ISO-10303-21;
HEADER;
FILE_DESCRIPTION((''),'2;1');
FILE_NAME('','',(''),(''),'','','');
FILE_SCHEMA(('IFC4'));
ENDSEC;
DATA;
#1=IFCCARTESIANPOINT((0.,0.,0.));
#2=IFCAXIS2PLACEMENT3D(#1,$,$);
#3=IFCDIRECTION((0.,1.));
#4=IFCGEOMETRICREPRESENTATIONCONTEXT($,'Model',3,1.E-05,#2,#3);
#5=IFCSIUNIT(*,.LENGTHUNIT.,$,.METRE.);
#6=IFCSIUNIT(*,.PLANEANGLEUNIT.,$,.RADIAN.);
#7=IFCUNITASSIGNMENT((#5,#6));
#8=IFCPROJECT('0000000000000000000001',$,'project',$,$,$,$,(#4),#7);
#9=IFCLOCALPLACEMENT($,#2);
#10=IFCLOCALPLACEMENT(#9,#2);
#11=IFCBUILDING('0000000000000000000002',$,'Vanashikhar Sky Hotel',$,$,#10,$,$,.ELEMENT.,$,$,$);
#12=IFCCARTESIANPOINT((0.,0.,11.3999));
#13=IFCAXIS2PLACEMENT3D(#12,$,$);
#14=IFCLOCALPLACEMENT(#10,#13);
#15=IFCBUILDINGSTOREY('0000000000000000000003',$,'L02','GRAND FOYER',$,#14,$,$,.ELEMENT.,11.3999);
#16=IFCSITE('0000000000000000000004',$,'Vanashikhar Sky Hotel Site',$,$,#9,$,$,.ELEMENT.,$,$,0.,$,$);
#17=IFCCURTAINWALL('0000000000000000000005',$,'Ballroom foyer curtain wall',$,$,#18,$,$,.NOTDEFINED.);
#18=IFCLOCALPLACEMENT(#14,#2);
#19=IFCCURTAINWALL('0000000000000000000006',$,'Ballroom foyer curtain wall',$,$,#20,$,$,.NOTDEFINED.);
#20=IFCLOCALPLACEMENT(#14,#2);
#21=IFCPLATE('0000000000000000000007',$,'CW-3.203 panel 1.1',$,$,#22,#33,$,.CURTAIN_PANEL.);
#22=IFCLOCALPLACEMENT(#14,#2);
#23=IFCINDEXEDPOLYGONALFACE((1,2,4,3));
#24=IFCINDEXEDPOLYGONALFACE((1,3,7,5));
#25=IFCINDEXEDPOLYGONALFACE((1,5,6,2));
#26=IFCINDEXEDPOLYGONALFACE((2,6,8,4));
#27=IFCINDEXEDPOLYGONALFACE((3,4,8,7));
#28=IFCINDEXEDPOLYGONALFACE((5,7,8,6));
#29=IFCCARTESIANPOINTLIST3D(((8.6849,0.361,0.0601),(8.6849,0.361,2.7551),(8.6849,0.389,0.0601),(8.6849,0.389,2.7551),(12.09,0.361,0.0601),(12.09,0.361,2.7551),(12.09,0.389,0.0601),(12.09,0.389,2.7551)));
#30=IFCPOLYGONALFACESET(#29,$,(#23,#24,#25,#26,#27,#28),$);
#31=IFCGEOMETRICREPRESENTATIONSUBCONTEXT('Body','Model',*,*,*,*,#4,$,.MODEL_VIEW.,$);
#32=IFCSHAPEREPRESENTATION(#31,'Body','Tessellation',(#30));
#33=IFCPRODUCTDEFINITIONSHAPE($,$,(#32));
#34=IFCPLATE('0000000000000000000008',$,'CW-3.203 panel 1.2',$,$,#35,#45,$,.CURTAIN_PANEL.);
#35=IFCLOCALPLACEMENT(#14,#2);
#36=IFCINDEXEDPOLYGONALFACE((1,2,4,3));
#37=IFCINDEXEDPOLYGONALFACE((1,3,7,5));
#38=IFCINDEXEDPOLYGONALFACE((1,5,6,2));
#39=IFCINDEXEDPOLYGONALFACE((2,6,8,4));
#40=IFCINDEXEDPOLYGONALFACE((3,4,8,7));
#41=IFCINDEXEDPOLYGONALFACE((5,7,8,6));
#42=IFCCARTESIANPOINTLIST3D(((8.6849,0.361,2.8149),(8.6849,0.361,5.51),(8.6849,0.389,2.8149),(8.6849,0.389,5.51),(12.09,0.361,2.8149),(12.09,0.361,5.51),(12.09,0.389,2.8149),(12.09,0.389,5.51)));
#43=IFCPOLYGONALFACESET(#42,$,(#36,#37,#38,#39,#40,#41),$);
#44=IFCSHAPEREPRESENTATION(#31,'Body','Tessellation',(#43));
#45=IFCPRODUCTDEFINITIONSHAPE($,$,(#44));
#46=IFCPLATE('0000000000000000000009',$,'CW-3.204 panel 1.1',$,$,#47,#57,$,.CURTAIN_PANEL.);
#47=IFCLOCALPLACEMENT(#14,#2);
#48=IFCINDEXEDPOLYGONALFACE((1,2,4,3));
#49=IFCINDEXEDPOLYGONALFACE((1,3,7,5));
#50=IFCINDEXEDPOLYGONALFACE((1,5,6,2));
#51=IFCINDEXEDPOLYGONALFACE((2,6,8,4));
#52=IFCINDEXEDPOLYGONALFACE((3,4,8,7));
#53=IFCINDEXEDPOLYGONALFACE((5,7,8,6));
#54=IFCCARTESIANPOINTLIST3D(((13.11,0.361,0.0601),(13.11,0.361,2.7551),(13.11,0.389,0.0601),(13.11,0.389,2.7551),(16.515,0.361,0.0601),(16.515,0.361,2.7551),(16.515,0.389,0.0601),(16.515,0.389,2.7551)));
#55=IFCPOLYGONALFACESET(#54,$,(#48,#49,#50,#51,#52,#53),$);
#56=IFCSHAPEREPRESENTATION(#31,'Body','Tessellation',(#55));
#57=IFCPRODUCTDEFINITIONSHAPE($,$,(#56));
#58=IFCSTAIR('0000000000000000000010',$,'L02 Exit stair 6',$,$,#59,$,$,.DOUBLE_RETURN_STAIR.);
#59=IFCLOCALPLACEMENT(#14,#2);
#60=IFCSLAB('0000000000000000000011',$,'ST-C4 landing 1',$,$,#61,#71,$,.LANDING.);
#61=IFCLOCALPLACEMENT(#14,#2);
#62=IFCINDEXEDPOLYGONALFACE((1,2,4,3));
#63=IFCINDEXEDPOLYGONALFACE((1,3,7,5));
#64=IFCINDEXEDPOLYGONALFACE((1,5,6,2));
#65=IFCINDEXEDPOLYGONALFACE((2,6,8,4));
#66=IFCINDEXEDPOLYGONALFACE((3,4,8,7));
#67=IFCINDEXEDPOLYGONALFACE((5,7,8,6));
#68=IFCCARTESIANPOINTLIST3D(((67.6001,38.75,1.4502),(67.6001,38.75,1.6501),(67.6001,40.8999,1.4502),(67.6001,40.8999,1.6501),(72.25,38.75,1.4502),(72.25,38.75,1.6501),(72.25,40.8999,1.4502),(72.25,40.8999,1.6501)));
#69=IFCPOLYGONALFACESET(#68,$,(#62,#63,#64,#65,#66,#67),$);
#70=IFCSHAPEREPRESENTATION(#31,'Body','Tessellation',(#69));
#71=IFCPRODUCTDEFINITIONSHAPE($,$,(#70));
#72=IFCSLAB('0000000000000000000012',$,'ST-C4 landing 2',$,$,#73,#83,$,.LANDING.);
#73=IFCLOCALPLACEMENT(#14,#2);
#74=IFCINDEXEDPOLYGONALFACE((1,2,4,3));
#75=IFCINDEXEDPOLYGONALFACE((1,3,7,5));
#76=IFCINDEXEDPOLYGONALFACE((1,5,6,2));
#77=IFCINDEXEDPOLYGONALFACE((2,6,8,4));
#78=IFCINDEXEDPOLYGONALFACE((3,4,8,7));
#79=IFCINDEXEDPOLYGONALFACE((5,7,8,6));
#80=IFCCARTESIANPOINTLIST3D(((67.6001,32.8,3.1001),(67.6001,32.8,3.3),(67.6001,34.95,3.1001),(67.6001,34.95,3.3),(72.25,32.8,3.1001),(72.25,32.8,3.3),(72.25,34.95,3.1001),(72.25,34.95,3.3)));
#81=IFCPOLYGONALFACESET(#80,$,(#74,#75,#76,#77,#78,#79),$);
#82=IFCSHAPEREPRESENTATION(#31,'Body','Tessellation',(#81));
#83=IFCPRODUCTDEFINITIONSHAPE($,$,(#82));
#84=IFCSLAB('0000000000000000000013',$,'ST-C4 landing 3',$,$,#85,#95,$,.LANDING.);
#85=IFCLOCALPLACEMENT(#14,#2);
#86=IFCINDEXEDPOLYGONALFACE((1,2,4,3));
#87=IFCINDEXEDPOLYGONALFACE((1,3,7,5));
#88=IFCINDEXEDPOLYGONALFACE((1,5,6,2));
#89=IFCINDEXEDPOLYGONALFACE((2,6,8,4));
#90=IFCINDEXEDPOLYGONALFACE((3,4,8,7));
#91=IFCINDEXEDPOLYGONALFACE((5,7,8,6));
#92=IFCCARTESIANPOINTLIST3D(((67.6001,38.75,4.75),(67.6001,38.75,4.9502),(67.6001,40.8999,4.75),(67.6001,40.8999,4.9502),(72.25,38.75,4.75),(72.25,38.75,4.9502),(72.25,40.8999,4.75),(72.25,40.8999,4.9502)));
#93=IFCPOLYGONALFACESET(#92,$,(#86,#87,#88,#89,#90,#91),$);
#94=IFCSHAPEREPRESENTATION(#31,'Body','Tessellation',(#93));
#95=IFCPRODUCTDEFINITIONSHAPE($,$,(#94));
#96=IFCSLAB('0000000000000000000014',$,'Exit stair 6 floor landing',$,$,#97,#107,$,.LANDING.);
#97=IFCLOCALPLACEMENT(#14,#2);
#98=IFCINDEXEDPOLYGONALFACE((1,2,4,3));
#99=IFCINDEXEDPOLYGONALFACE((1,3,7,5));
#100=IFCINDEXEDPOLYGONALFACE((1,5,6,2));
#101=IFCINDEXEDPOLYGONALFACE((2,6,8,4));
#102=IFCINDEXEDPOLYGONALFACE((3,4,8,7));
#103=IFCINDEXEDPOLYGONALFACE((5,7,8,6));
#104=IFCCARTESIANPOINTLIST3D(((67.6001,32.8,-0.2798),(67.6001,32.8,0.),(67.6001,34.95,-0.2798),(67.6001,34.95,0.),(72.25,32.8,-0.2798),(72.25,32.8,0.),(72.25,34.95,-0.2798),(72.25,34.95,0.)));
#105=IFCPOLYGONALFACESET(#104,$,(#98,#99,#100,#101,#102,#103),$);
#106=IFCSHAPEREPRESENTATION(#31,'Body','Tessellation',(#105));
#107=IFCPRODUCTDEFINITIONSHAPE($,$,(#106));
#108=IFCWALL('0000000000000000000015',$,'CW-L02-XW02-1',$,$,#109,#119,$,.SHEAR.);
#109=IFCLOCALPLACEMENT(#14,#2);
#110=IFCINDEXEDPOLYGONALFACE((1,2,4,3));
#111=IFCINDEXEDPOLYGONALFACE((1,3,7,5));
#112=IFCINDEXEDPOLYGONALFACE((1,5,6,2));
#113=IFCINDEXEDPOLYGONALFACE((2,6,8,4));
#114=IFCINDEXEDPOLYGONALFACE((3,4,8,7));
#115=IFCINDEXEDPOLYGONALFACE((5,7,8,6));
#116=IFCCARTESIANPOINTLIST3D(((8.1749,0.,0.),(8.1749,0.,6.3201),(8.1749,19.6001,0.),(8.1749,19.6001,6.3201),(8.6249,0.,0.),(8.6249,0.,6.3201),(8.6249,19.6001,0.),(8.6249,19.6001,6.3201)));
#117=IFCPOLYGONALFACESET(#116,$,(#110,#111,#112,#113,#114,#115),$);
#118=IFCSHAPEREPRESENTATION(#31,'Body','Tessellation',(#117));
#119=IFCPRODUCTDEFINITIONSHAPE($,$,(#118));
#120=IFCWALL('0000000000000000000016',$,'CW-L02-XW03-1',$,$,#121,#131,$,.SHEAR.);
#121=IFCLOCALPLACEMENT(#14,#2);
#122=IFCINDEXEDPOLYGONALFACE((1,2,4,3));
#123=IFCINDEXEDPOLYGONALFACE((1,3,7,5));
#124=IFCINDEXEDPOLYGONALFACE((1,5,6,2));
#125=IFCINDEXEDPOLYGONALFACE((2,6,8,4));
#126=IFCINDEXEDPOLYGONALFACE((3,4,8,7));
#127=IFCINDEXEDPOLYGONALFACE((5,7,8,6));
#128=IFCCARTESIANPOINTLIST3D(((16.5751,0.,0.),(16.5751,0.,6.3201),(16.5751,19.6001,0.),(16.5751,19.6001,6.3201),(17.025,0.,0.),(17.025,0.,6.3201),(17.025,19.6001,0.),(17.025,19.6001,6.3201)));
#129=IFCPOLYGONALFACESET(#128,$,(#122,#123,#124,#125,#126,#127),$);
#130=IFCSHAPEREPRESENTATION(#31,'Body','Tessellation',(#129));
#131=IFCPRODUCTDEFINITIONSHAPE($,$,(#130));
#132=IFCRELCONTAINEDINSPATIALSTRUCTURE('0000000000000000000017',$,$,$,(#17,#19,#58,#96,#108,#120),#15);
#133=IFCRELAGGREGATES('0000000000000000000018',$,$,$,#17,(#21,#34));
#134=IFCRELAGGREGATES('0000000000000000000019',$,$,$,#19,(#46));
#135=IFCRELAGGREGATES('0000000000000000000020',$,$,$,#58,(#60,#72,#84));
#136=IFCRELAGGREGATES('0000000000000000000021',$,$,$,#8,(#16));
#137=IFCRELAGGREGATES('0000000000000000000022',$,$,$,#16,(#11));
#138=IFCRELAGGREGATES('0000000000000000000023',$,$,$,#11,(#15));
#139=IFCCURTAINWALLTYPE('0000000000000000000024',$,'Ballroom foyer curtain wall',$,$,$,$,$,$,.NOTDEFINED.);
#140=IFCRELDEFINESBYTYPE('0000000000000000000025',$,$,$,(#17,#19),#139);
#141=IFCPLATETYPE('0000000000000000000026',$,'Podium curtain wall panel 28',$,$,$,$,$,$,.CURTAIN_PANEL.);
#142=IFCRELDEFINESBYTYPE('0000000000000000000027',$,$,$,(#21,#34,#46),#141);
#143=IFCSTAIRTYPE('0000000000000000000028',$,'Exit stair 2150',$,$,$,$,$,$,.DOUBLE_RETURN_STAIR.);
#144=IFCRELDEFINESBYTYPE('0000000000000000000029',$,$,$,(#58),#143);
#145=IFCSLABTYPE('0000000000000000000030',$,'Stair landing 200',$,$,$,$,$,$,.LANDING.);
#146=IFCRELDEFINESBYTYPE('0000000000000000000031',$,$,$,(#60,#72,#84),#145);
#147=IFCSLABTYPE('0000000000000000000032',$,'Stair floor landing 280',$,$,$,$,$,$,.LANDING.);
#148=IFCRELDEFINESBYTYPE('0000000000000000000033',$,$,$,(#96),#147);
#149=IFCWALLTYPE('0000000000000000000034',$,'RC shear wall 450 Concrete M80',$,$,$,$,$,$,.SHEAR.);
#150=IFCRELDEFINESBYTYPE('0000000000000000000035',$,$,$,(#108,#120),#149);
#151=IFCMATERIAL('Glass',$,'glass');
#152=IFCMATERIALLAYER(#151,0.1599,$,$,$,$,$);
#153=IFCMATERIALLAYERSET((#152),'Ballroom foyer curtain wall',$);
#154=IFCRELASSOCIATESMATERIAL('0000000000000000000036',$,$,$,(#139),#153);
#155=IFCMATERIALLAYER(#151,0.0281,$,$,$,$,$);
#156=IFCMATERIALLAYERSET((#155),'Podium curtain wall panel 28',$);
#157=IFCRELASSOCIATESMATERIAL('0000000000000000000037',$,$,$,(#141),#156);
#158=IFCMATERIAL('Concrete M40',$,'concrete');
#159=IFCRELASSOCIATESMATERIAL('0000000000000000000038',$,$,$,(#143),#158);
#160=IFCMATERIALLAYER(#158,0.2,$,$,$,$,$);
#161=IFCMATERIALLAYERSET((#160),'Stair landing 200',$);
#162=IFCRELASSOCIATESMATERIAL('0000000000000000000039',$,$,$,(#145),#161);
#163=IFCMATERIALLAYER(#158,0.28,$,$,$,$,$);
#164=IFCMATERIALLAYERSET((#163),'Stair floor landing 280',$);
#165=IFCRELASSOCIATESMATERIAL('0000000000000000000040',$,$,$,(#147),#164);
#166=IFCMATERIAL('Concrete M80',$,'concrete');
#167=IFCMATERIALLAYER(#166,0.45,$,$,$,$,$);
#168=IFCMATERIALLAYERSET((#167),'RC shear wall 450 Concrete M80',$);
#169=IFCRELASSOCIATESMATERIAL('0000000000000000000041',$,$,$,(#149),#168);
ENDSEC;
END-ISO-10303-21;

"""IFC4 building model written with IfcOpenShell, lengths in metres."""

from ifc_helpers import new_model, si_unit, direction, frame, frame_2d, origin, origin_2d, place, context, subcontext, project, spatial, polyline, rectangle, outline, extrude, source, transform, mapped, material, layer, layer_set, type_object, element, aggregate, save


model = new_model("IFC4")

# Units and contexts
model_context = context("Model", 3, precision=1e-05, world=origin(), true_north=direction((0.0, 1.0)))
body_context = subcontext(model_context, "Body", "Model", "MODEL_VIEW")
ifc_project = project(units=[si_unit("LENGTHUNIT", "METRE"), si_unit("PLANEANGLEUNIT", "RADIAN")], contexts=[model_context])

# Site, building, storey
site_placement = place(None, origin())
site = spatial("IfcSite", under=ifc_project, at=site_placement, Name="Vanashikhar Sky Hotel Site", CompositionType="ELEMENT", RefElevation=0.0)
building_placement = place(site_placement, origin())
building = spatial("IfcBuilding", under=site, at=building_placement, Name="Vanashikhar Sky Hotel", CompositionType="ELEMENT")
storey_placement = place(building_placement, frame((0.0, 0.0, 11.3999)))
storey = spatial("IfcBuildingStorey", under=building, at=storey_placement, Name="L02", Description="GRAND FOYER", CompositionType="ELEMENT", Elevation=11.3999)

# Curtain walls
ifc_material_1 = material(Name="Glass", Category="glass")
ifc_layer_1 = layer(ifc_material_1, 0.1599)
ifc_layer_set_1 = layer_set([ifc_layer_1], Name="Ballroom foyer curtain wall")
curtain_wall_type = type_object("IfcCurtainWallType", Name="Ballroom foyer curtain wall", PredefinedType="NOTDEFINED", material=ifc_layer_set_1)
curtain_wall_1_placement = place(storey_placement, origin())
curtain_wall_1 = element("IfcCurtainWall", 1, at=curtain_wall_1_placement, inside=storey, type_object=curtain_wall_type, Name="Ballroom foyer curtain wall", PredefinedType="NOTDEFINED")
curtain_wall_2_placement = place(storey_placement, origin())
curtain_wall_2 = element("IfcCurtainWall", 2, at=curtain_wall_2_placement, inside=storey, type_object=curtain_wall_type, Name="Ballroom foyer curtain wall", PredefinedType="NOTDEFINED")

# Plates
ifc_layer_2 = layer(ifc_material_1, 0.0281)
ifc_layer_set_2 = layer_set([ifc_layer_2], Name="Podium curtain wall panel 28")
plate_type = type_object("IfcPlateType", Name="Podium curtain wall panel 28", PredefinedType="CURTAIN_PANEL", material=ifc_layer_set_2)
shared_shape_1 = source(origin(), body_context, "Body", "SweptSolid", [
    extrude(rectangle(XDim=3.405, YDim=0.0281, at=origin_2d()), origin(), (0.0, 0.0, 1.0), 2.6951),
])
plate_1_placement = place(storey_placement, frame((10.3875, 0.375, 0.0601), z_axis=(0.0, 0.0, 1.0), x_axis=(1.0, 0.0, 0.0)))
plate_1 = element("IfcPlate", 3, at=plate_1_placement, type_object=plate_type, Name="CW-3.203 panel 1.1", PredefinedType="CURTAIN_PANEL", context=body_context, shape_type="MappedRepresentation", body=[
    mapped(shared_shape_1, transform((0.0, 0.0, 0.0), scale=1.0)),
])
plate_2_placement = place(storey_placement, frame((10.3875, 0.375, 2.8149), z_axis=(0.0, 0.0, 1.0), x_axis=(1.0, 0.0, 0.0)))
plate_2 = element("IfcPlate", 4, at=plate_2_placement, type_object=plate_type, Name="CW-3.203 panel 1.2", PredefinedType="CURTAIN_PANEL", context=body_context, shape_type="MappedRepresentation", body=[
    mapped(shared_shape_1, transform((0.0, 0.0, 0.0), scale=1.0)),
])
aggregate(curtain_wall_1, [plate_1, plate_2])
plate_3_placement = place(storey_placement, frame((14.8125, 0.375, 0.0601), z_axis=(0.0, 0.0, 1.0), x_axis=(1.0, 0.0, 0.0)))
plate_3 = element("IfcPlate", 5, at=plate_3_placement, type_object=plate_type, Name="CW-3.204 panel 1.1", PredefinedType="CURTAIN_PANEL", context=body_context, shape_type="MappedRepresentation", body=[
    mapped(shared_shape_1, transform((0.0, 0.0, 0.0), scale=1.0)),
])
aggregate(curtain_wall_2, [plate_3])

# Stair, slabs
ifc_material_2 = material(Name="Concrete M40", Category="concrete")
stair_type = type_object("IfcStairType", Name="Exit stair 2150", PredefinedType="DOUBLE_RETURN_STAIR", material=ifc_material_2)
stair_placement = place(storey_placement, origin())
stair = element("IfcStair", 6, at=stair_placement, inside=storey, type_object=stair_type, Name="L02 Exit stair 6", PredefinedType="DOUBLE_RETURN_STAIR")
ifc_layer_3 = layer(ifc_material_2, 0.2)
ifc_layer_set_3 = layer_set([ifc_layer_3], Name="Stair landing 200")
slab_type_1 = type_object("IfcSlabType", Name="Stair landing 200", PredefinedType="LANDING", material=ifc_layer_set_3)
shared_shape_2 = source(origin(), body_context, "Body", "SweptSolid", [
    extrude(outline(polyline([(72.25, 38.75), (72.25, 40.8999), (67.6001, 40.8999), (67.6001, 38.75), (72.25, 38.75)])), origin(), (0.0, 0.0, 1.0), 0.2),
])
slab_1_placement = place(storey_placement, frame((0.0, 0.0, 1.4502)))
slab_1 = element("IfcSlab", 7, at=slab_1_placement, type_object=slab_type_1, Name="ST-C4 landing 1", PredefinedType="LANDING", context=body_context, shape_type="MappedRepresentation", body=[
    mapped(shared_shape_2, transform((0.0, 0.0, 0.0), scale=1.0)),
])
shared_shape_3 = source(origin(), body_context, "Body", "SweptSolid", [
    extrude(outline(polyline([(72.25, 32.8), (72.25, 34.95), (67.6001, 34.95), (67.6001, 32.8), (72.25, 32.8)])), origin(), (0.0, 0.0, 1.0), 0.2),
])
slab_2_placement = place(storey_placement, frame((0.0, 0.0, 3.1001)))
slab_2 = element("IfcSlab", 8, at=slab_2_placement, type_object=slab_type_1, Name="ST-C4 landing 2", PredefinedType="LANDING", context=body_context, shape_type="MappedRepresentation", body=[
    mapped(shared_shape_3, transform((0.0, 0.0, 0.0), scale=1.0)),
])
shared_shape_4 = source(origin(), body_context, "Body", "SweptSolid", [
    extrude(outline(polyline([(72.25, 38.75), (72.25, 40.8999), (67.6001, 40.8999), (67.6001, 38.75), (72.25, 38.75)])), origin(), (0.0, 0.0, 1.0), 0.2002),
])
slab_3_placement = place(storey_placement, frame((0.0, 0.0, 4.75)))
slab_3 = element("IfcSlab", 9, at=slab_3_placement, type_object=slab_type_1, Name="ST-C4 landing 3", PredefinedType="LANDING", context=body_context, shape_type="MappedRepresentation", body=[
    mapped(shared_shape_4, transform((0.0, 0.0, 0.0), scale=1.0)),
])
aggregate(stair, [slab_1, slab_2, slab_3])

# Slab
ifc_layer_4 = layer(ifc_material_2, 0.28)
ifc_layer_set_4 = layer_set([ifc_layer_4], Name="Stair floor landing 280")
slab_type_2 = type_object("IfcSlabType", Name="Stair floor landing 280", PredefinedType="LANDING", material=ifc_layer_set_4)
shared_shape_5 = source(origin(), body_context, "Body", "SweptSolid", [
    extrude(outline(polyline([(72.25, 32.8), (72.25, 34.95), (67.6001, 34.95), (67.6001, 32.8), (72.25, 32.8)])), origin(), (0.0, 0.0, 1.0), 0.2798),
])
slab_4_placement = place(storey_placement, frame((0.0, 0.0, -0.2798)))
element("IfcSlab", 10, at=slab_4_placement, inside=storey, type_object=slab_type_2, Name="Exit stair 6 floor landing", PredefinedType="LANDING", context=body_context, shape_type="MappedRepresentation", body=[
    mapped(shared_shape_5, transform((0.0, 0.0, 0.0), scale=1.0)),
])

# Walls
ifc_material_3 = material(Name="Concrete M80", Category="concrete")
ifc_layer_5 = layer(ifc_material_3, 0.45)
ifc_layer_set_5 = layer_set([ifc_layer_5], Name="RC shear wall 450 Concrete M80")
wall_type = type_object("IfcWallType", Name="RC shear wall 450 Concrete M80", PredefinedType="SHEAR", material=ifc_layer_set_5)
shared_shape_6 = source(origin(), body_context, "Body", "SweptSolid", [
    extrude(rectangle(XDim=19.6001, YDim=0.45, at=frame_2d((9.8, 0.0))), origin(), (0.0, 0.0, 1.0), 6.3201),
])
for number, where, z_axis, x_axis, name in (
    (11, (8.3999, 0.0, 0.0), (0.0, 0.0, 1.0), (0.0, 1.0, 0.0), "CW-L02-XW02-1"),
    (12, (16.8, 0.0, 0.0), (0.0, 0.0, 1.0), (0.0, 1.0, 0.0), "CW-L02-XW03-1"),
):
    element("IfcWall", number, at=place(storey_placement, frame(where, z_axis=z_axis, x_axis=x_axis)), inside=storey, type_object=wall_type, Name=name, PredefinedType="SHEAR", context=body_context, shape_type="MappedRepresentation", body=[
        mapped(shared_shape_6, transform((0.0, 0.0, 0.0), scale=1.0)),
    ])

save(model, "model.ifc")
